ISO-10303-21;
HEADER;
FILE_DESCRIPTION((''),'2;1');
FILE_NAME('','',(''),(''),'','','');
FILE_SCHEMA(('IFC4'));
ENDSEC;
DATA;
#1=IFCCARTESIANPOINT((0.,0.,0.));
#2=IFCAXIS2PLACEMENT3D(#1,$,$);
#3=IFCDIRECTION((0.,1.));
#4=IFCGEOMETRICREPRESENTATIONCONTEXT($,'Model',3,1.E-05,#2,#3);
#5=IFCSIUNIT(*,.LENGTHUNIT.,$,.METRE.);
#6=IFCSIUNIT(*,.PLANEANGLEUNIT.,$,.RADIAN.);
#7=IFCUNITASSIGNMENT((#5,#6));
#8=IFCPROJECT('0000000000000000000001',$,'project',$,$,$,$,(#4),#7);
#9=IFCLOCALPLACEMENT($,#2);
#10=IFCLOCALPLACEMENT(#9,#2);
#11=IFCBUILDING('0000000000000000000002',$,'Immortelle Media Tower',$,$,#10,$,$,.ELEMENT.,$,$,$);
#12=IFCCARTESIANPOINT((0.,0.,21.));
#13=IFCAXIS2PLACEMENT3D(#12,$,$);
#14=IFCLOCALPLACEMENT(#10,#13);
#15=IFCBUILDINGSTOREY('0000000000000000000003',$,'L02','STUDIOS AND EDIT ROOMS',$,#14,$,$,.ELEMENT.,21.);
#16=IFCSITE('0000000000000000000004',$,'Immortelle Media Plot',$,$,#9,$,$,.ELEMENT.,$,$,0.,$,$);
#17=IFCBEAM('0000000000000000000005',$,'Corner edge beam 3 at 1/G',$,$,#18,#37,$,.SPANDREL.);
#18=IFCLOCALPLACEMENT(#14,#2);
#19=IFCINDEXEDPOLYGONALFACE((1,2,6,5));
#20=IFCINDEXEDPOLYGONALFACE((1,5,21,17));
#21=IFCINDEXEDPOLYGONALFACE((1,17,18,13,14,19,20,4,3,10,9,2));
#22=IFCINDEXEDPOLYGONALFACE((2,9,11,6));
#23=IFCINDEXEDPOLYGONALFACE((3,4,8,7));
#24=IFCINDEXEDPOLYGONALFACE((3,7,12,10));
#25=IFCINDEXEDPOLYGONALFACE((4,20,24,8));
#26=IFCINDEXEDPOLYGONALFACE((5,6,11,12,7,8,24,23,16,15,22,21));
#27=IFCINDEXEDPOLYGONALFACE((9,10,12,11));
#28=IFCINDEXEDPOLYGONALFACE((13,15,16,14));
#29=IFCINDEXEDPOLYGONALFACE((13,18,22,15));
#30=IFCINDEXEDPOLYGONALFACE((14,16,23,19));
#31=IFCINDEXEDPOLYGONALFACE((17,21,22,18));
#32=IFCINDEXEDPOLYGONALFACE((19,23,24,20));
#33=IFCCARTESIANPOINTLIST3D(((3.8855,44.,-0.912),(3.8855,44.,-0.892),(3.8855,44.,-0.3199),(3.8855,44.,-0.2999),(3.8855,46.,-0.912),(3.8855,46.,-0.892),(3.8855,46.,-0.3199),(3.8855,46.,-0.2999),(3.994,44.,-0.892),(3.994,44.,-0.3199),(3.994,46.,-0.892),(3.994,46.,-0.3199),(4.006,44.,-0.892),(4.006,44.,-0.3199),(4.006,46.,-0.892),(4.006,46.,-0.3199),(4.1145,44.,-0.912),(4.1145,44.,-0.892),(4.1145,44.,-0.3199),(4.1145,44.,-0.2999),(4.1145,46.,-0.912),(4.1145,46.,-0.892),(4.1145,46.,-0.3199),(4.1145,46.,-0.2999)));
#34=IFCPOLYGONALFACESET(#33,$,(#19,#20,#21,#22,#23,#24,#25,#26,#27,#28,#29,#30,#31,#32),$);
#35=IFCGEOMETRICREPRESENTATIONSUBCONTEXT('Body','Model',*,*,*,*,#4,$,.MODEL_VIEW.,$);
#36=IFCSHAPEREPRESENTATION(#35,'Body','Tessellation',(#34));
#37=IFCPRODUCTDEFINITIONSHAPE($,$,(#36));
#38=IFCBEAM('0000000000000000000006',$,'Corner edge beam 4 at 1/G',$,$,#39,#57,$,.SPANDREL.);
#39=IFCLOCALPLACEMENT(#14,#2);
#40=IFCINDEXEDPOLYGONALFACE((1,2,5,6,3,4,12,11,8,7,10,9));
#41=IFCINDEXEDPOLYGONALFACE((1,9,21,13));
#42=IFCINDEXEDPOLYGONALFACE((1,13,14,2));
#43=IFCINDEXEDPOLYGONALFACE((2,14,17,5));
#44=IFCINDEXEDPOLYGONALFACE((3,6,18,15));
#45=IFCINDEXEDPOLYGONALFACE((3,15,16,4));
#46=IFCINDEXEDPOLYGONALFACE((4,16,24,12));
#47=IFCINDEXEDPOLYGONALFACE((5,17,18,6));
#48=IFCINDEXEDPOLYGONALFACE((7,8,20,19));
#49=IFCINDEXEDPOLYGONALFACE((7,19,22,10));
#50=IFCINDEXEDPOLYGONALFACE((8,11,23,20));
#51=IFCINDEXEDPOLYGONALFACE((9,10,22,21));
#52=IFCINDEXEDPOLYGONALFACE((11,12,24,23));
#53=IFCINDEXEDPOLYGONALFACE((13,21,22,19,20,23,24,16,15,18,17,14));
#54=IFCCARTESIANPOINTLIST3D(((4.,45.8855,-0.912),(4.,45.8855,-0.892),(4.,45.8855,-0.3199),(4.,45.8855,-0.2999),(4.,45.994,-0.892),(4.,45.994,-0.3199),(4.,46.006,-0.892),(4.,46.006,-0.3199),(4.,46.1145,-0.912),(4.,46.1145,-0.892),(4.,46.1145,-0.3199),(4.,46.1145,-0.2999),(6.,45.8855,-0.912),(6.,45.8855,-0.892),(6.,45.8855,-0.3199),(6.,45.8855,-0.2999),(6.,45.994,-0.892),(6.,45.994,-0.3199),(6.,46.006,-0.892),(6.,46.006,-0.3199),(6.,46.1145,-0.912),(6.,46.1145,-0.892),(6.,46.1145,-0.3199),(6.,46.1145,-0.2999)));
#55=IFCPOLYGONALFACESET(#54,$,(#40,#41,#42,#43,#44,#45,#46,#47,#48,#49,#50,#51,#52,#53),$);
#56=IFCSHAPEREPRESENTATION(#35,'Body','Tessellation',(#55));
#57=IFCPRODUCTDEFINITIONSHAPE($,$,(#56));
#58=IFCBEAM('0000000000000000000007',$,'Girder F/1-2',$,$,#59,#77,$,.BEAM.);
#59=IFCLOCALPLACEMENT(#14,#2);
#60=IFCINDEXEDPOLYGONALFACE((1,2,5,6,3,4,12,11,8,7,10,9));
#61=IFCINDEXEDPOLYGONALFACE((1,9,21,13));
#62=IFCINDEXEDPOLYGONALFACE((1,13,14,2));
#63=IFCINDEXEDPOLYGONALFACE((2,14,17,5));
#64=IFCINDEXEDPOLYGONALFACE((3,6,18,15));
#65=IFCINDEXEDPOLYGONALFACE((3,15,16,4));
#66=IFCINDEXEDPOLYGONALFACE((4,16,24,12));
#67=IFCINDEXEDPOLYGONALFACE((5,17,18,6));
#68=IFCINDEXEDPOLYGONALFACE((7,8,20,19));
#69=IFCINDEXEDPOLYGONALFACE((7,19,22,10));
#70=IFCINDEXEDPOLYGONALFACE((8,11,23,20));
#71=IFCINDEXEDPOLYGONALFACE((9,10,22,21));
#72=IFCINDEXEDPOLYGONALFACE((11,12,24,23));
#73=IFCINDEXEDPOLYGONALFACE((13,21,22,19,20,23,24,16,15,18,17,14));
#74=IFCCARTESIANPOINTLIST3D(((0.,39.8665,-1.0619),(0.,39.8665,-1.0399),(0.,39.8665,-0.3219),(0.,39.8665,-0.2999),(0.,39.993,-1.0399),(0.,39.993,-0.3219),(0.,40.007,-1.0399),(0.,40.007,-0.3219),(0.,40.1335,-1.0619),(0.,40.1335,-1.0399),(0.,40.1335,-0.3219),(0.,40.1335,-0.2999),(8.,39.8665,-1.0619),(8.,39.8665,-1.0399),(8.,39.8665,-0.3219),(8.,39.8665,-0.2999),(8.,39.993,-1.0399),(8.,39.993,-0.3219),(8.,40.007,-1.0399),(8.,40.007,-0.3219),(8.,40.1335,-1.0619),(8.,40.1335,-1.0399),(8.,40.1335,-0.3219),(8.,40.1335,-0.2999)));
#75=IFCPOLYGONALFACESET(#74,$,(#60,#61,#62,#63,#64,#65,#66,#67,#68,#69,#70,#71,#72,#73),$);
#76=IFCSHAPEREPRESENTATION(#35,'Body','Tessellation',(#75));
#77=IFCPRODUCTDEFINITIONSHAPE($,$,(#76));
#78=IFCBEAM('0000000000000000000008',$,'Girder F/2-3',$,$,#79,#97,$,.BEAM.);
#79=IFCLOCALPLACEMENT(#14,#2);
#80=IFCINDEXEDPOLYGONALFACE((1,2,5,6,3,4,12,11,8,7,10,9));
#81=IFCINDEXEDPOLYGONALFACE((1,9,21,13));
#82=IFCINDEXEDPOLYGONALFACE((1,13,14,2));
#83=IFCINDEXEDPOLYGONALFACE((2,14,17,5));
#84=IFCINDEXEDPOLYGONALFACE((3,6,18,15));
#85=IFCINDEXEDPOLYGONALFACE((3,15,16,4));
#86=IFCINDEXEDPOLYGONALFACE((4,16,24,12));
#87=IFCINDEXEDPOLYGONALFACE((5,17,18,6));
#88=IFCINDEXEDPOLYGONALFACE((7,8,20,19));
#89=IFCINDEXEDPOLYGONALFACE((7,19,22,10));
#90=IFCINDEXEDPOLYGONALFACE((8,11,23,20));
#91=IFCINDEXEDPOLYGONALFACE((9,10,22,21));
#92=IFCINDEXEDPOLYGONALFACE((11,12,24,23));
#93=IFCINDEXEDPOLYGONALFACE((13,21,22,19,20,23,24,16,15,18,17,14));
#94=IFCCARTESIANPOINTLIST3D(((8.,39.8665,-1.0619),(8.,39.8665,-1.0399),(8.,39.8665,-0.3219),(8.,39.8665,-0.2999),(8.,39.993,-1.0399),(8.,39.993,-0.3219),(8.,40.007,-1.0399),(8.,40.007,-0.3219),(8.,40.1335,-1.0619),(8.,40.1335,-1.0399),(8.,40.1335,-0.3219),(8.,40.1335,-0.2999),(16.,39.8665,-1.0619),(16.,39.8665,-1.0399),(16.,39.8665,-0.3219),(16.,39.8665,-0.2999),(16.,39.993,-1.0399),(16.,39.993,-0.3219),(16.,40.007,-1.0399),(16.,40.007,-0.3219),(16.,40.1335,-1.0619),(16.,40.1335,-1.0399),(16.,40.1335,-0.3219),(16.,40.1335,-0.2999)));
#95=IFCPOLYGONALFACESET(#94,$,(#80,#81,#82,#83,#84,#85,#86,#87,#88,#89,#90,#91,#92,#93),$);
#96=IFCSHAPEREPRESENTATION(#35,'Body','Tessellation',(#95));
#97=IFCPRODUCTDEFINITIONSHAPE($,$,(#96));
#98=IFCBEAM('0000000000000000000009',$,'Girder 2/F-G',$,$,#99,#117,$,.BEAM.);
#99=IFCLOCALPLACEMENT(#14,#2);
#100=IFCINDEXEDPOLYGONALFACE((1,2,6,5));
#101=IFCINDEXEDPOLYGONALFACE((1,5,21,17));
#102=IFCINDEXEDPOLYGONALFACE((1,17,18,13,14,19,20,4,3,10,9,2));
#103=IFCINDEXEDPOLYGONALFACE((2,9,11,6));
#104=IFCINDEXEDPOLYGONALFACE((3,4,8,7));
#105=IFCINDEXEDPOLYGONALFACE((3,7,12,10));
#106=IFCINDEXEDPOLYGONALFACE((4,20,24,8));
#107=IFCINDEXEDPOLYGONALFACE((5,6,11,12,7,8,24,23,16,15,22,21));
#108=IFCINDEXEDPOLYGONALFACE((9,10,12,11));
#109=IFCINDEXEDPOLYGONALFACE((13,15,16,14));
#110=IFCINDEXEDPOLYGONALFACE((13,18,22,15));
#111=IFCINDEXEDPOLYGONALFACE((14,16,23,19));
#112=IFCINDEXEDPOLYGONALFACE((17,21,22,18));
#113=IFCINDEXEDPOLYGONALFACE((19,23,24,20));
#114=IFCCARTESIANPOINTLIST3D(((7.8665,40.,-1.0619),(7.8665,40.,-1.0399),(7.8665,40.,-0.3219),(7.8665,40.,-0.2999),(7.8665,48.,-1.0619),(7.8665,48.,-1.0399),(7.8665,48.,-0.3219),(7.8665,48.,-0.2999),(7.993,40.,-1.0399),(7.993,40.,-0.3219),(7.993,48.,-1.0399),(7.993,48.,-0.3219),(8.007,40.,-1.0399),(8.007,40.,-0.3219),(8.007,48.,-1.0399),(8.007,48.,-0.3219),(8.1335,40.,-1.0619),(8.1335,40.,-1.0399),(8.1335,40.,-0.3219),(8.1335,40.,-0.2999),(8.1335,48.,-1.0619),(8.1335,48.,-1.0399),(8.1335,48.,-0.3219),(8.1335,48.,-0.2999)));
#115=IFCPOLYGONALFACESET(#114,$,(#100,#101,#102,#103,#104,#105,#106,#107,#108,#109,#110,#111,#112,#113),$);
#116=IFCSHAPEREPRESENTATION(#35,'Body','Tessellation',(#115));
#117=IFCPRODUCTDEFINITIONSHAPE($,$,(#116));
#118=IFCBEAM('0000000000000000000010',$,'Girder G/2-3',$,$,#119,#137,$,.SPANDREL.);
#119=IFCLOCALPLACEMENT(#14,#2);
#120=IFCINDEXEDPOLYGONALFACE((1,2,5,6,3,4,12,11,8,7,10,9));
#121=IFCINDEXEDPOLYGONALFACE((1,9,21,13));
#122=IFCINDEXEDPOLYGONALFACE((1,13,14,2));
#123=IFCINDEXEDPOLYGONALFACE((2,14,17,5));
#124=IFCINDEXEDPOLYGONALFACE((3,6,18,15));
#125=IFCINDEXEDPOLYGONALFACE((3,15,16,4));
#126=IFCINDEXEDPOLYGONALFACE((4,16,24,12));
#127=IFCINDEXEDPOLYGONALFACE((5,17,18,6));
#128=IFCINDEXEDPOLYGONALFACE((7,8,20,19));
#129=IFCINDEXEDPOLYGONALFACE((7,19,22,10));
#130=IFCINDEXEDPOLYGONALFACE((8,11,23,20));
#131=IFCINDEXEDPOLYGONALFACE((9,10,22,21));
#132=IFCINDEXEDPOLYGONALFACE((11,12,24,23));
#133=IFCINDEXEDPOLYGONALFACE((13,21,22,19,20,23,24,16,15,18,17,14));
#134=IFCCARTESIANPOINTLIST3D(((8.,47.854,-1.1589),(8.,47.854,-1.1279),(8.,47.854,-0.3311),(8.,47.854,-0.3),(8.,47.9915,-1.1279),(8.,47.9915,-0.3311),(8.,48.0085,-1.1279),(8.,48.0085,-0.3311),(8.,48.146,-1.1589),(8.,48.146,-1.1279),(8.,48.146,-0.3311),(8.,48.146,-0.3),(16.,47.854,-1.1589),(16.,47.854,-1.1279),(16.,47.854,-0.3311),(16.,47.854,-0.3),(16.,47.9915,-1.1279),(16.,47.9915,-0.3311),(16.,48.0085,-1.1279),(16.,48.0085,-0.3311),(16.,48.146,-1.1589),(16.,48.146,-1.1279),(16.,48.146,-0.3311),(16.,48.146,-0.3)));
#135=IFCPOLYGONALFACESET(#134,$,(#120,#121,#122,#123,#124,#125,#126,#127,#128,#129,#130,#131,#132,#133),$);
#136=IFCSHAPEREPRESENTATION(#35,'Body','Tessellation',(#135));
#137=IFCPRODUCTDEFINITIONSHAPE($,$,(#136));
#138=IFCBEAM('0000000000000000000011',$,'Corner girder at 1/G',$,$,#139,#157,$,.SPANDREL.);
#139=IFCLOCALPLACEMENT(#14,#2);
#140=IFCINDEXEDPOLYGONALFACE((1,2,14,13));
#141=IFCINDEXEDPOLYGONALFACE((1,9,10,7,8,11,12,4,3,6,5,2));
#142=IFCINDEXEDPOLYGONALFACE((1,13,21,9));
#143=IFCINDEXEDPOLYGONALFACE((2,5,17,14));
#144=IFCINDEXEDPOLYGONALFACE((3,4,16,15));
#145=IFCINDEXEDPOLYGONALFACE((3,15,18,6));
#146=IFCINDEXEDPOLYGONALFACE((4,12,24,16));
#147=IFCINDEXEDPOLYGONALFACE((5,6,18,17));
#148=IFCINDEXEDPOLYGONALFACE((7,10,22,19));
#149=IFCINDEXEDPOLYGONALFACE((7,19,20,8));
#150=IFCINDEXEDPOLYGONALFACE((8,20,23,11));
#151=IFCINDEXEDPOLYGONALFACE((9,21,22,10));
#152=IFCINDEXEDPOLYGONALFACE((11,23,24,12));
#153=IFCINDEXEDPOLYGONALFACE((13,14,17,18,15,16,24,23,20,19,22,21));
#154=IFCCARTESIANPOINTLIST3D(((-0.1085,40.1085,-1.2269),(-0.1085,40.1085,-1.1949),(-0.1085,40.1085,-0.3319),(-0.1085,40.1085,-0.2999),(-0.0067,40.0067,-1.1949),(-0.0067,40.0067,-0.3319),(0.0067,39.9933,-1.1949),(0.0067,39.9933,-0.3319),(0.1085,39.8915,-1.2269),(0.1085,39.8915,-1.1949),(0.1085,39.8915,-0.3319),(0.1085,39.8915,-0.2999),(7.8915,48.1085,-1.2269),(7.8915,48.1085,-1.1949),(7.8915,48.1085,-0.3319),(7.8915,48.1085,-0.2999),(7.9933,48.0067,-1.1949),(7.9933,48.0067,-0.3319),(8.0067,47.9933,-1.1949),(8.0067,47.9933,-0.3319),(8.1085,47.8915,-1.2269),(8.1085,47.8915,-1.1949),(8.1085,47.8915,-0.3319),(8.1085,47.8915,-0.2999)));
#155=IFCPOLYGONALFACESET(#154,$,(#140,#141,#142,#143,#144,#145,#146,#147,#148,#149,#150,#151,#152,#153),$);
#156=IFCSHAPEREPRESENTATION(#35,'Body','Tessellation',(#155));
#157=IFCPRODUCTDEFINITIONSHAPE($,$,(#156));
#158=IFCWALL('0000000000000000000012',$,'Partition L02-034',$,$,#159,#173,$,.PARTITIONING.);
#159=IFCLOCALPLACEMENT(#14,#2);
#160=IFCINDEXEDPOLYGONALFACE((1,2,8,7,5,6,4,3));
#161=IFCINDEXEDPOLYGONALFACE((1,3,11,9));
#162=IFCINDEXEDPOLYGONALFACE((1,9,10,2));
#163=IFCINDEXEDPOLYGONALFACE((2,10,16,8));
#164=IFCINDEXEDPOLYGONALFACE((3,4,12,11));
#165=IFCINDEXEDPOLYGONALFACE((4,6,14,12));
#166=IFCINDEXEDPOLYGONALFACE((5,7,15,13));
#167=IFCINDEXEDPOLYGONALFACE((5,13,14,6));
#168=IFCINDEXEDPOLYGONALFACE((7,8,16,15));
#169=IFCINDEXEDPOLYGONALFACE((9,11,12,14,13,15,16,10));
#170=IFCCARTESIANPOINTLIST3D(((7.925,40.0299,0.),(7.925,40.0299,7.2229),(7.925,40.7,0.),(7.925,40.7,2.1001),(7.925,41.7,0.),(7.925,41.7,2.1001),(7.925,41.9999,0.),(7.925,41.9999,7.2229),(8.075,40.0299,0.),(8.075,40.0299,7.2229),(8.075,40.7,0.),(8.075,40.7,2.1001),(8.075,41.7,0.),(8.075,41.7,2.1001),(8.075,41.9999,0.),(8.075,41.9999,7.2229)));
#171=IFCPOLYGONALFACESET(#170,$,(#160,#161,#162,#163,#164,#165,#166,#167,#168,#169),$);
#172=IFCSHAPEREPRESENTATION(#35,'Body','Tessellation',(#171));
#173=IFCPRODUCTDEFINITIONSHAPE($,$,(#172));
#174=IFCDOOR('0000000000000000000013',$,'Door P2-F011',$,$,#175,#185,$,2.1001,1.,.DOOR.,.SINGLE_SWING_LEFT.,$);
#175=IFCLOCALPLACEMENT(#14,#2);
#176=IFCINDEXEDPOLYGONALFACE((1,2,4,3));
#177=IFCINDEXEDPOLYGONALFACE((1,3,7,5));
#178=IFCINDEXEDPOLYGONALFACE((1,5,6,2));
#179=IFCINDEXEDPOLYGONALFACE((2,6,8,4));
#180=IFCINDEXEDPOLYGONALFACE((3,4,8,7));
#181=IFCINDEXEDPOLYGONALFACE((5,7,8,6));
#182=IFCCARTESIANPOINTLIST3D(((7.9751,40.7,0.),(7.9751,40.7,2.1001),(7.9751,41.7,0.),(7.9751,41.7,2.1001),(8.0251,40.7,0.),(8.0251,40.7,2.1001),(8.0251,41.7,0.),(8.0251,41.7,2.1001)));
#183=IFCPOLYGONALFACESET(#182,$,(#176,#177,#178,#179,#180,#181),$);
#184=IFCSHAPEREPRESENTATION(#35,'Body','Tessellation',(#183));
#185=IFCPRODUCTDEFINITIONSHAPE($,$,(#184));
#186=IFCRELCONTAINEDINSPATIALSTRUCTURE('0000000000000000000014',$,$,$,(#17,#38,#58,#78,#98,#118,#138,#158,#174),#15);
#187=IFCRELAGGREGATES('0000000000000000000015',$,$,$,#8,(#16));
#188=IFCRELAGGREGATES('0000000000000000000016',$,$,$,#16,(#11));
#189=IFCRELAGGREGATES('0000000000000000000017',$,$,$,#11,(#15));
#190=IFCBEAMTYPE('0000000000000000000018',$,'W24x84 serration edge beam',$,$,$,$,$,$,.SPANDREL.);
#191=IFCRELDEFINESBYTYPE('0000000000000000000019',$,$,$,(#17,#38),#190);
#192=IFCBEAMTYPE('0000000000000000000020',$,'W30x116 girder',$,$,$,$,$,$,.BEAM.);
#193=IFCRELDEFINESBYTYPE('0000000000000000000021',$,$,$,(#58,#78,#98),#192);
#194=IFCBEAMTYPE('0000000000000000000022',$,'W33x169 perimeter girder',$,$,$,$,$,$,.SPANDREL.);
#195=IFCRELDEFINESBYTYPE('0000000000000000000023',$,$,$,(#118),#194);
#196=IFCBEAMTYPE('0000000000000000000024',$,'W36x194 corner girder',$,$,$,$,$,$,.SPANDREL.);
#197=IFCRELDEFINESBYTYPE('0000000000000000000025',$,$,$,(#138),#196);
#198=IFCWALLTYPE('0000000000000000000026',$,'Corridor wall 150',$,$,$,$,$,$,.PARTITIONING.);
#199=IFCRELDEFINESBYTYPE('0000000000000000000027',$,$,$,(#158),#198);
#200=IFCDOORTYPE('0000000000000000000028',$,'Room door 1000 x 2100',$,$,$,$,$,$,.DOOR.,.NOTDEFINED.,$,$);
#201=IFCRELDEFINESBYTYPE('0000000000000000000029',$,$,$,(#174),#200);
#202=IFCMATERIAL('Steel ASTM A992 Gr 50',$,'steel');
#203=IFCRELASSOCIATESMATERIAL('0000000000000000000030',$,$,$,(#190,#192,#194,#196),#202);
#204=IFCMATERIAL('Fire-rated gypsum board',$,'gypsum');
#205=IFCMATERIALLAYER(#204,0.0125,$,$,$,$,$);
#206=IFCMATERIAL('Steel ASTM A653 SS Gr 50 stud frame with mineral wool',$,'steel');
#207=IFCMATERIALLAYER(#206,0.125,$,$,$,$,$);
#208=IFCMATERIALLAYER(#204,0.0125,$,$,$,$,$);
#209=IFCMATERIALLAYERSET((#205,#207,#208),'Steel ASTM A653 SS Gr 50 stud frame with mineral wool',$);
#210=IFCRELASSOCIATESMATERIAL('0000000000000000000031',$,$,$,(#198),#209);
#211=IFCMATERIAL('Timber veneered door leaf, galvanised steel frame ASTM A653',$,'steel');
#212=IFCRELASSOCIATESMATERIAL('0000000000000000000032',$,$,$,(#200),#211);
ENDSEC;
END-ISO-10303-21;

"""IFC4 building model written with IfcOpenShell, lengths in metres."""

from ifc_helpers import new_model, si_unit, direction, frame, frame_2d, origin, origin_2d, place, context, subcontext, project, spatial, rectangle, i_section, extrude, material, layer, layer_set, material_profile, profile_set, type_object, element, fill, save


model = new_model("IFC4")

# Units and contexts
model_context = context("Model", 3, precision=1e-05, world=origin(), true_north=direction((0.0, 1.0)))
body_context = subcontext(model_context, "Body", "Model", "MODEL_VIEW")
ifc_project = project(units=[si_unit("LENGTHUNIT", "METRE"), si_unit("PLANEANGLEUNIT", "RADIAN")], contexts=[model_context])

# Site, building, storey
site_placement = place(None, origin())
site = spatial("IfcSite", under=ifc_project, at=site_placement, Name="Immortelle Media Plot", CompositionType="ELEMENT", RefElevation=0.0)
building_placement = place(site_placement, origin())
building = spatial("IfcBuilding", under=site, at=building_placement, Name="Immortelle Media Tower", CompositionType="ELEMENT")
storey_placement = place(building_placement, frame((0.0, 0.0, 21.0)))
storey = spatial("IfcBuildingStorey", under=building, at=storey_placement, Name="L02", Description="STUDIOS AND EDIT ROOMS", CompositionType="ELEMENT", Elevation=21.0)

# Shared definitions
ifc_material_1 = material(Name="Steel ASTM A992 Gr 50", Category="steel")

# Beams
ifc_material_profile_1 = material_profile(ifc_material_1, i_section(OverallWidth=0.229, OverallDepth=0.6121, WebThickness=0.012, FlangeThickness=0.02, at=origin_2d()), Name="W24x84")
ifc_profile_set_1 = profile_set([ifc_material_profile_1], Name="Steel ASTM A992 Gr 50")
beam_type_1 = type_object("IfcBeamType", Name="W24x84 serration edge beam", PredefinedType="SPANDREL", material=ifc_profile_set_1)
for number, where, z_axis, x_axis, name in (
    (1, (4.0, 44.0, -0.606), (0.0, 1.0, 0.0), (-1.0, 0.0, 0.0), "Corner edge beam 3 at 1/G"),
    (2, (4.0, 46.0, -0.606), (1.0, 0.0, 0.0), (0.0, 1.0, 0.0), "Corner edge beam 4 at 1/G"),
):
    element("IfcBeam", number, at=place(storey_placement, frame(where, z_axis=z_axis, x_axis=x_axis)), inside=storey, type_object=beam_type_1, Name=name, PredefinedType="SPANDREL", context=body_context, shape_type="SweptSolid", body=[
        extrude(i_section(OverallWidth=0.229, OverallDepth=0.6121, WebThickness=0.012, FlangeThickness=0.02, at=origin_2d()), origin(), (0.0, 0.0, 1.0), 2.0),
    ])
ifc_material_profile_2 = material_profile(ifc_material_1, i_section(OverallWidth=0.2671, OverallDepth=0.762, WebThickness=0.0139, FlangeThickness=0.022, at=origin_2d()), Name="W30x116")
ifc_profile_set_2 = profile_set([ifc_material_profile_2], Name="Steel ASTM A992 Gr 50")
beam_type_2 = type_object("IfcBeamType", Name="W30x116 girder", PredefinedType="BEAM", material=ifc_profile_set_2)
for number, where, z_axis, x_axis, name in (
    (3, (0.0, 40.0, -0.6809), (1.0, 0.0, 0.0), (0.0, 1.0, 0.0), "Girder F/1-2"),
    (4, (8.0, 40.0, -0.6809), (1.0, 0.0, 0.0), (0.0, 1.0, 0.0), "Girder F/2-3"),
    (5, (8.0, 40.0, -0.6809), (0.0, 1.0, 0.0), (-1.0, 0.0, 0.0), "Girder 2/F-G"),
):
    element("IfcBeam", number, at=place(storey_placement, frame(where, z_axis=z_axis, x_axis=x_axis)), inside=storey, type_object=beam_type_2, Name=name, PredefinedType="BEAM", context=body_context, shape_type="SweptSolid", body=[
        extrude(i_section(OverallWidth=0.2671, OverallDepth=0.762, WebThickness=0.0139, FlangeThickness=0.022, at=origin_2d()), origin(), (0.0, 0.0, 1.0), 8.0),
    ])
ifc_material_profile_3 = material_profile(ifc_material_1, i_section(OverallWidth=0.292, OverallDepth=0.8589, WebThickness=0.0171, FlangeThickness=0.031, at=origin_2d()), Name="W33x169")
ifc_profile_set_3 = profile_set([ifc_material_profile_3], Name="Steel ASTM A992 Gr 50")
beam_type_3 = type_object("IfcBeamType", Name="W33x169 perimeter girder", PredefinedType="SPANDREL", material=ifc_profile_set_3)
beam_1_placement = place(storey_placement, frame((8.0, 48.0, -0.7295), z_axis=(1.0, 0.0, 0.0), x_axis=(0.0, 1.0, 0.0)))
element("IfcBeam", 6, at=beam_1_placement, inside=storey, type_object=beam_type_3, Name="Girder G/2-3", PredefinedType="SPANDREL", context=body_context, shape_type="SweptSolid", body=[
    extrude(i_section(OverallWidth=0.292, OverallDepth=0.8589, WebThickness=0.0171, FlangeThickness=0.031, at=origin_2d()), origin(), (0.0, 0.0, 1.0), 8.0),
])
ifc_material_profile_4 = material_profile(ifc_material_1, i_section(OverallWidth=0.3069, OverallDepth=0.927, WebThickness=0.019, FlangeThickness=0.032, at=origin_2d()), Name="W36x194")
ifc_profile_set_4 = profile_set([ifc_material_profile_4], Name="Steel ASTM A992 Gr 50")
beam_type_4 = type_object("IfcBeamType", Name="W36x194 corner girder", PredefinedType="SPANDREL", material=ifc_profile_set_4)
beam_2_placement = place(storey_placement, frame((0.0, 40.0, -0.7634), z_axis=(0.707107, 0.707107, 0.0), x_axis=(-0.707107, 0.707107, 0.0)))
element("IfcBeam", 7, at=beam_2_placement, inside=storey, type_object=beam_type_4, Name="Corner girder at 1/G", PredefinedType="SPANDREL", context=body_context, shape_type="SweptSolid", body=[
    extrude(i_section(OverallWidth=0.3069, OverallDepth=0.927, WebThickness=0.019, FlangeThickness=0.032, at=origin_2d()), origin(), (0.0, 0.0, 1.0), 11.3137),
])

# Wall, opening, door
ifc_material_2 = material(Name="Fire-rated gypsum board", Category="gypsum")
ifc_layer_1 = layer(ifc_material_2, 0.0125)
ifc_material_3 = material(Name="Steel ASTM A653 SS Gr 50 stud frame with mineral wool", Category="steel")
ifc_layer_2 = layer(ifc_material_3, 0.125)
ifc_layer_3 = layer(ifc_material_2, 0.0125)
ifc_layer_set_1 = layer_set([ifc_layer_1, ifc_layer_2, ifc_layer_3], Name="Steel ASTM A653 SS Gr 50 stud frame with mineral wool")
wall_type_1 = type_object("IfcWallType", Name="Corridor wall 150", PredefinedType="PARTITIONING", material=ifc_layer_set_1)
wall_1_placement = place(storey_placement, frame((8.0, 40.03, 0.0), z_axis=(0.0, 0.0, 1.0), x_axis=(0.0, 1.0, 0.0)))
wall_1 = element("IfcWall", 8, at=wall_1_placement, inside=storey, type_object=wall_type_1, Name="Partition L02-034", PredefinedType="PARTITIONING", context=body_context, shape_type="SweptSolid", body=[
    extrude(rectangle(XDim=1.97, YDim=0.1499, at=frame_2d((0.9849, 0.0))), origin(), (0.0, 0.0, 1.0), 7.2229),
])
opening_1_placement = place(wall_1_placement, frame((0.6699, 0.0, 0.0)))
opening_1 = element("IfcOpeningElement", 9, at=opening_1_placement, cuts=wall_1, PredefinedType="OPENING", context=body_context, shape_type="SweptSolid", body=[
    extrude(rectangle(XDim=1.0, YDim=2.1001, at=frame_2d((0.5, 1.05))), frame((0.0, 0.085, 0.0), z_axis=(0.0, -1.0, 0.0), x_axis=(1.0, 0.0, 0.0)), (0.0, 0.0, 1.0), 0.1699),
])
ifc_material_4 = material(Name="Timber veneered door leaf, galvanised steel frame ASTM A653", Category="steel")
door_type_1 = type_object("IfcDoorType", Name="Room door 1000 x 2100", OperationType="NOTDEFINED", PredefinedType="DOOR", material=ifc_material_4)
door_1_placement = place(opening_1_placement, origin())
door_1 = element("IfcDoor", 10, at=door_1_placement, inside=storey, type_object=door_type_1, Name="Door P2-F011", OperationType="SINGLE_SWING_LEFT", OverallHeight=2.1001, OverallWidth=1.0, PredefinedType="DOOR", context=body_context, shape_type="SweptSolid", body=[
    extrude(rectangle(XDim=1.0, YDim=2.1001, at=frame_2d((0.5, 1.05))), frame((0.0, 0.0249, 0.0), z_axis=(0.0, -1.0, 0.0), x_axis=(1.0, 0.0, 0.0)), (0.0, 0.0, 1.0), 0.05),
])
fill(opening_1, door_1)

save(model, "model.ifc")
